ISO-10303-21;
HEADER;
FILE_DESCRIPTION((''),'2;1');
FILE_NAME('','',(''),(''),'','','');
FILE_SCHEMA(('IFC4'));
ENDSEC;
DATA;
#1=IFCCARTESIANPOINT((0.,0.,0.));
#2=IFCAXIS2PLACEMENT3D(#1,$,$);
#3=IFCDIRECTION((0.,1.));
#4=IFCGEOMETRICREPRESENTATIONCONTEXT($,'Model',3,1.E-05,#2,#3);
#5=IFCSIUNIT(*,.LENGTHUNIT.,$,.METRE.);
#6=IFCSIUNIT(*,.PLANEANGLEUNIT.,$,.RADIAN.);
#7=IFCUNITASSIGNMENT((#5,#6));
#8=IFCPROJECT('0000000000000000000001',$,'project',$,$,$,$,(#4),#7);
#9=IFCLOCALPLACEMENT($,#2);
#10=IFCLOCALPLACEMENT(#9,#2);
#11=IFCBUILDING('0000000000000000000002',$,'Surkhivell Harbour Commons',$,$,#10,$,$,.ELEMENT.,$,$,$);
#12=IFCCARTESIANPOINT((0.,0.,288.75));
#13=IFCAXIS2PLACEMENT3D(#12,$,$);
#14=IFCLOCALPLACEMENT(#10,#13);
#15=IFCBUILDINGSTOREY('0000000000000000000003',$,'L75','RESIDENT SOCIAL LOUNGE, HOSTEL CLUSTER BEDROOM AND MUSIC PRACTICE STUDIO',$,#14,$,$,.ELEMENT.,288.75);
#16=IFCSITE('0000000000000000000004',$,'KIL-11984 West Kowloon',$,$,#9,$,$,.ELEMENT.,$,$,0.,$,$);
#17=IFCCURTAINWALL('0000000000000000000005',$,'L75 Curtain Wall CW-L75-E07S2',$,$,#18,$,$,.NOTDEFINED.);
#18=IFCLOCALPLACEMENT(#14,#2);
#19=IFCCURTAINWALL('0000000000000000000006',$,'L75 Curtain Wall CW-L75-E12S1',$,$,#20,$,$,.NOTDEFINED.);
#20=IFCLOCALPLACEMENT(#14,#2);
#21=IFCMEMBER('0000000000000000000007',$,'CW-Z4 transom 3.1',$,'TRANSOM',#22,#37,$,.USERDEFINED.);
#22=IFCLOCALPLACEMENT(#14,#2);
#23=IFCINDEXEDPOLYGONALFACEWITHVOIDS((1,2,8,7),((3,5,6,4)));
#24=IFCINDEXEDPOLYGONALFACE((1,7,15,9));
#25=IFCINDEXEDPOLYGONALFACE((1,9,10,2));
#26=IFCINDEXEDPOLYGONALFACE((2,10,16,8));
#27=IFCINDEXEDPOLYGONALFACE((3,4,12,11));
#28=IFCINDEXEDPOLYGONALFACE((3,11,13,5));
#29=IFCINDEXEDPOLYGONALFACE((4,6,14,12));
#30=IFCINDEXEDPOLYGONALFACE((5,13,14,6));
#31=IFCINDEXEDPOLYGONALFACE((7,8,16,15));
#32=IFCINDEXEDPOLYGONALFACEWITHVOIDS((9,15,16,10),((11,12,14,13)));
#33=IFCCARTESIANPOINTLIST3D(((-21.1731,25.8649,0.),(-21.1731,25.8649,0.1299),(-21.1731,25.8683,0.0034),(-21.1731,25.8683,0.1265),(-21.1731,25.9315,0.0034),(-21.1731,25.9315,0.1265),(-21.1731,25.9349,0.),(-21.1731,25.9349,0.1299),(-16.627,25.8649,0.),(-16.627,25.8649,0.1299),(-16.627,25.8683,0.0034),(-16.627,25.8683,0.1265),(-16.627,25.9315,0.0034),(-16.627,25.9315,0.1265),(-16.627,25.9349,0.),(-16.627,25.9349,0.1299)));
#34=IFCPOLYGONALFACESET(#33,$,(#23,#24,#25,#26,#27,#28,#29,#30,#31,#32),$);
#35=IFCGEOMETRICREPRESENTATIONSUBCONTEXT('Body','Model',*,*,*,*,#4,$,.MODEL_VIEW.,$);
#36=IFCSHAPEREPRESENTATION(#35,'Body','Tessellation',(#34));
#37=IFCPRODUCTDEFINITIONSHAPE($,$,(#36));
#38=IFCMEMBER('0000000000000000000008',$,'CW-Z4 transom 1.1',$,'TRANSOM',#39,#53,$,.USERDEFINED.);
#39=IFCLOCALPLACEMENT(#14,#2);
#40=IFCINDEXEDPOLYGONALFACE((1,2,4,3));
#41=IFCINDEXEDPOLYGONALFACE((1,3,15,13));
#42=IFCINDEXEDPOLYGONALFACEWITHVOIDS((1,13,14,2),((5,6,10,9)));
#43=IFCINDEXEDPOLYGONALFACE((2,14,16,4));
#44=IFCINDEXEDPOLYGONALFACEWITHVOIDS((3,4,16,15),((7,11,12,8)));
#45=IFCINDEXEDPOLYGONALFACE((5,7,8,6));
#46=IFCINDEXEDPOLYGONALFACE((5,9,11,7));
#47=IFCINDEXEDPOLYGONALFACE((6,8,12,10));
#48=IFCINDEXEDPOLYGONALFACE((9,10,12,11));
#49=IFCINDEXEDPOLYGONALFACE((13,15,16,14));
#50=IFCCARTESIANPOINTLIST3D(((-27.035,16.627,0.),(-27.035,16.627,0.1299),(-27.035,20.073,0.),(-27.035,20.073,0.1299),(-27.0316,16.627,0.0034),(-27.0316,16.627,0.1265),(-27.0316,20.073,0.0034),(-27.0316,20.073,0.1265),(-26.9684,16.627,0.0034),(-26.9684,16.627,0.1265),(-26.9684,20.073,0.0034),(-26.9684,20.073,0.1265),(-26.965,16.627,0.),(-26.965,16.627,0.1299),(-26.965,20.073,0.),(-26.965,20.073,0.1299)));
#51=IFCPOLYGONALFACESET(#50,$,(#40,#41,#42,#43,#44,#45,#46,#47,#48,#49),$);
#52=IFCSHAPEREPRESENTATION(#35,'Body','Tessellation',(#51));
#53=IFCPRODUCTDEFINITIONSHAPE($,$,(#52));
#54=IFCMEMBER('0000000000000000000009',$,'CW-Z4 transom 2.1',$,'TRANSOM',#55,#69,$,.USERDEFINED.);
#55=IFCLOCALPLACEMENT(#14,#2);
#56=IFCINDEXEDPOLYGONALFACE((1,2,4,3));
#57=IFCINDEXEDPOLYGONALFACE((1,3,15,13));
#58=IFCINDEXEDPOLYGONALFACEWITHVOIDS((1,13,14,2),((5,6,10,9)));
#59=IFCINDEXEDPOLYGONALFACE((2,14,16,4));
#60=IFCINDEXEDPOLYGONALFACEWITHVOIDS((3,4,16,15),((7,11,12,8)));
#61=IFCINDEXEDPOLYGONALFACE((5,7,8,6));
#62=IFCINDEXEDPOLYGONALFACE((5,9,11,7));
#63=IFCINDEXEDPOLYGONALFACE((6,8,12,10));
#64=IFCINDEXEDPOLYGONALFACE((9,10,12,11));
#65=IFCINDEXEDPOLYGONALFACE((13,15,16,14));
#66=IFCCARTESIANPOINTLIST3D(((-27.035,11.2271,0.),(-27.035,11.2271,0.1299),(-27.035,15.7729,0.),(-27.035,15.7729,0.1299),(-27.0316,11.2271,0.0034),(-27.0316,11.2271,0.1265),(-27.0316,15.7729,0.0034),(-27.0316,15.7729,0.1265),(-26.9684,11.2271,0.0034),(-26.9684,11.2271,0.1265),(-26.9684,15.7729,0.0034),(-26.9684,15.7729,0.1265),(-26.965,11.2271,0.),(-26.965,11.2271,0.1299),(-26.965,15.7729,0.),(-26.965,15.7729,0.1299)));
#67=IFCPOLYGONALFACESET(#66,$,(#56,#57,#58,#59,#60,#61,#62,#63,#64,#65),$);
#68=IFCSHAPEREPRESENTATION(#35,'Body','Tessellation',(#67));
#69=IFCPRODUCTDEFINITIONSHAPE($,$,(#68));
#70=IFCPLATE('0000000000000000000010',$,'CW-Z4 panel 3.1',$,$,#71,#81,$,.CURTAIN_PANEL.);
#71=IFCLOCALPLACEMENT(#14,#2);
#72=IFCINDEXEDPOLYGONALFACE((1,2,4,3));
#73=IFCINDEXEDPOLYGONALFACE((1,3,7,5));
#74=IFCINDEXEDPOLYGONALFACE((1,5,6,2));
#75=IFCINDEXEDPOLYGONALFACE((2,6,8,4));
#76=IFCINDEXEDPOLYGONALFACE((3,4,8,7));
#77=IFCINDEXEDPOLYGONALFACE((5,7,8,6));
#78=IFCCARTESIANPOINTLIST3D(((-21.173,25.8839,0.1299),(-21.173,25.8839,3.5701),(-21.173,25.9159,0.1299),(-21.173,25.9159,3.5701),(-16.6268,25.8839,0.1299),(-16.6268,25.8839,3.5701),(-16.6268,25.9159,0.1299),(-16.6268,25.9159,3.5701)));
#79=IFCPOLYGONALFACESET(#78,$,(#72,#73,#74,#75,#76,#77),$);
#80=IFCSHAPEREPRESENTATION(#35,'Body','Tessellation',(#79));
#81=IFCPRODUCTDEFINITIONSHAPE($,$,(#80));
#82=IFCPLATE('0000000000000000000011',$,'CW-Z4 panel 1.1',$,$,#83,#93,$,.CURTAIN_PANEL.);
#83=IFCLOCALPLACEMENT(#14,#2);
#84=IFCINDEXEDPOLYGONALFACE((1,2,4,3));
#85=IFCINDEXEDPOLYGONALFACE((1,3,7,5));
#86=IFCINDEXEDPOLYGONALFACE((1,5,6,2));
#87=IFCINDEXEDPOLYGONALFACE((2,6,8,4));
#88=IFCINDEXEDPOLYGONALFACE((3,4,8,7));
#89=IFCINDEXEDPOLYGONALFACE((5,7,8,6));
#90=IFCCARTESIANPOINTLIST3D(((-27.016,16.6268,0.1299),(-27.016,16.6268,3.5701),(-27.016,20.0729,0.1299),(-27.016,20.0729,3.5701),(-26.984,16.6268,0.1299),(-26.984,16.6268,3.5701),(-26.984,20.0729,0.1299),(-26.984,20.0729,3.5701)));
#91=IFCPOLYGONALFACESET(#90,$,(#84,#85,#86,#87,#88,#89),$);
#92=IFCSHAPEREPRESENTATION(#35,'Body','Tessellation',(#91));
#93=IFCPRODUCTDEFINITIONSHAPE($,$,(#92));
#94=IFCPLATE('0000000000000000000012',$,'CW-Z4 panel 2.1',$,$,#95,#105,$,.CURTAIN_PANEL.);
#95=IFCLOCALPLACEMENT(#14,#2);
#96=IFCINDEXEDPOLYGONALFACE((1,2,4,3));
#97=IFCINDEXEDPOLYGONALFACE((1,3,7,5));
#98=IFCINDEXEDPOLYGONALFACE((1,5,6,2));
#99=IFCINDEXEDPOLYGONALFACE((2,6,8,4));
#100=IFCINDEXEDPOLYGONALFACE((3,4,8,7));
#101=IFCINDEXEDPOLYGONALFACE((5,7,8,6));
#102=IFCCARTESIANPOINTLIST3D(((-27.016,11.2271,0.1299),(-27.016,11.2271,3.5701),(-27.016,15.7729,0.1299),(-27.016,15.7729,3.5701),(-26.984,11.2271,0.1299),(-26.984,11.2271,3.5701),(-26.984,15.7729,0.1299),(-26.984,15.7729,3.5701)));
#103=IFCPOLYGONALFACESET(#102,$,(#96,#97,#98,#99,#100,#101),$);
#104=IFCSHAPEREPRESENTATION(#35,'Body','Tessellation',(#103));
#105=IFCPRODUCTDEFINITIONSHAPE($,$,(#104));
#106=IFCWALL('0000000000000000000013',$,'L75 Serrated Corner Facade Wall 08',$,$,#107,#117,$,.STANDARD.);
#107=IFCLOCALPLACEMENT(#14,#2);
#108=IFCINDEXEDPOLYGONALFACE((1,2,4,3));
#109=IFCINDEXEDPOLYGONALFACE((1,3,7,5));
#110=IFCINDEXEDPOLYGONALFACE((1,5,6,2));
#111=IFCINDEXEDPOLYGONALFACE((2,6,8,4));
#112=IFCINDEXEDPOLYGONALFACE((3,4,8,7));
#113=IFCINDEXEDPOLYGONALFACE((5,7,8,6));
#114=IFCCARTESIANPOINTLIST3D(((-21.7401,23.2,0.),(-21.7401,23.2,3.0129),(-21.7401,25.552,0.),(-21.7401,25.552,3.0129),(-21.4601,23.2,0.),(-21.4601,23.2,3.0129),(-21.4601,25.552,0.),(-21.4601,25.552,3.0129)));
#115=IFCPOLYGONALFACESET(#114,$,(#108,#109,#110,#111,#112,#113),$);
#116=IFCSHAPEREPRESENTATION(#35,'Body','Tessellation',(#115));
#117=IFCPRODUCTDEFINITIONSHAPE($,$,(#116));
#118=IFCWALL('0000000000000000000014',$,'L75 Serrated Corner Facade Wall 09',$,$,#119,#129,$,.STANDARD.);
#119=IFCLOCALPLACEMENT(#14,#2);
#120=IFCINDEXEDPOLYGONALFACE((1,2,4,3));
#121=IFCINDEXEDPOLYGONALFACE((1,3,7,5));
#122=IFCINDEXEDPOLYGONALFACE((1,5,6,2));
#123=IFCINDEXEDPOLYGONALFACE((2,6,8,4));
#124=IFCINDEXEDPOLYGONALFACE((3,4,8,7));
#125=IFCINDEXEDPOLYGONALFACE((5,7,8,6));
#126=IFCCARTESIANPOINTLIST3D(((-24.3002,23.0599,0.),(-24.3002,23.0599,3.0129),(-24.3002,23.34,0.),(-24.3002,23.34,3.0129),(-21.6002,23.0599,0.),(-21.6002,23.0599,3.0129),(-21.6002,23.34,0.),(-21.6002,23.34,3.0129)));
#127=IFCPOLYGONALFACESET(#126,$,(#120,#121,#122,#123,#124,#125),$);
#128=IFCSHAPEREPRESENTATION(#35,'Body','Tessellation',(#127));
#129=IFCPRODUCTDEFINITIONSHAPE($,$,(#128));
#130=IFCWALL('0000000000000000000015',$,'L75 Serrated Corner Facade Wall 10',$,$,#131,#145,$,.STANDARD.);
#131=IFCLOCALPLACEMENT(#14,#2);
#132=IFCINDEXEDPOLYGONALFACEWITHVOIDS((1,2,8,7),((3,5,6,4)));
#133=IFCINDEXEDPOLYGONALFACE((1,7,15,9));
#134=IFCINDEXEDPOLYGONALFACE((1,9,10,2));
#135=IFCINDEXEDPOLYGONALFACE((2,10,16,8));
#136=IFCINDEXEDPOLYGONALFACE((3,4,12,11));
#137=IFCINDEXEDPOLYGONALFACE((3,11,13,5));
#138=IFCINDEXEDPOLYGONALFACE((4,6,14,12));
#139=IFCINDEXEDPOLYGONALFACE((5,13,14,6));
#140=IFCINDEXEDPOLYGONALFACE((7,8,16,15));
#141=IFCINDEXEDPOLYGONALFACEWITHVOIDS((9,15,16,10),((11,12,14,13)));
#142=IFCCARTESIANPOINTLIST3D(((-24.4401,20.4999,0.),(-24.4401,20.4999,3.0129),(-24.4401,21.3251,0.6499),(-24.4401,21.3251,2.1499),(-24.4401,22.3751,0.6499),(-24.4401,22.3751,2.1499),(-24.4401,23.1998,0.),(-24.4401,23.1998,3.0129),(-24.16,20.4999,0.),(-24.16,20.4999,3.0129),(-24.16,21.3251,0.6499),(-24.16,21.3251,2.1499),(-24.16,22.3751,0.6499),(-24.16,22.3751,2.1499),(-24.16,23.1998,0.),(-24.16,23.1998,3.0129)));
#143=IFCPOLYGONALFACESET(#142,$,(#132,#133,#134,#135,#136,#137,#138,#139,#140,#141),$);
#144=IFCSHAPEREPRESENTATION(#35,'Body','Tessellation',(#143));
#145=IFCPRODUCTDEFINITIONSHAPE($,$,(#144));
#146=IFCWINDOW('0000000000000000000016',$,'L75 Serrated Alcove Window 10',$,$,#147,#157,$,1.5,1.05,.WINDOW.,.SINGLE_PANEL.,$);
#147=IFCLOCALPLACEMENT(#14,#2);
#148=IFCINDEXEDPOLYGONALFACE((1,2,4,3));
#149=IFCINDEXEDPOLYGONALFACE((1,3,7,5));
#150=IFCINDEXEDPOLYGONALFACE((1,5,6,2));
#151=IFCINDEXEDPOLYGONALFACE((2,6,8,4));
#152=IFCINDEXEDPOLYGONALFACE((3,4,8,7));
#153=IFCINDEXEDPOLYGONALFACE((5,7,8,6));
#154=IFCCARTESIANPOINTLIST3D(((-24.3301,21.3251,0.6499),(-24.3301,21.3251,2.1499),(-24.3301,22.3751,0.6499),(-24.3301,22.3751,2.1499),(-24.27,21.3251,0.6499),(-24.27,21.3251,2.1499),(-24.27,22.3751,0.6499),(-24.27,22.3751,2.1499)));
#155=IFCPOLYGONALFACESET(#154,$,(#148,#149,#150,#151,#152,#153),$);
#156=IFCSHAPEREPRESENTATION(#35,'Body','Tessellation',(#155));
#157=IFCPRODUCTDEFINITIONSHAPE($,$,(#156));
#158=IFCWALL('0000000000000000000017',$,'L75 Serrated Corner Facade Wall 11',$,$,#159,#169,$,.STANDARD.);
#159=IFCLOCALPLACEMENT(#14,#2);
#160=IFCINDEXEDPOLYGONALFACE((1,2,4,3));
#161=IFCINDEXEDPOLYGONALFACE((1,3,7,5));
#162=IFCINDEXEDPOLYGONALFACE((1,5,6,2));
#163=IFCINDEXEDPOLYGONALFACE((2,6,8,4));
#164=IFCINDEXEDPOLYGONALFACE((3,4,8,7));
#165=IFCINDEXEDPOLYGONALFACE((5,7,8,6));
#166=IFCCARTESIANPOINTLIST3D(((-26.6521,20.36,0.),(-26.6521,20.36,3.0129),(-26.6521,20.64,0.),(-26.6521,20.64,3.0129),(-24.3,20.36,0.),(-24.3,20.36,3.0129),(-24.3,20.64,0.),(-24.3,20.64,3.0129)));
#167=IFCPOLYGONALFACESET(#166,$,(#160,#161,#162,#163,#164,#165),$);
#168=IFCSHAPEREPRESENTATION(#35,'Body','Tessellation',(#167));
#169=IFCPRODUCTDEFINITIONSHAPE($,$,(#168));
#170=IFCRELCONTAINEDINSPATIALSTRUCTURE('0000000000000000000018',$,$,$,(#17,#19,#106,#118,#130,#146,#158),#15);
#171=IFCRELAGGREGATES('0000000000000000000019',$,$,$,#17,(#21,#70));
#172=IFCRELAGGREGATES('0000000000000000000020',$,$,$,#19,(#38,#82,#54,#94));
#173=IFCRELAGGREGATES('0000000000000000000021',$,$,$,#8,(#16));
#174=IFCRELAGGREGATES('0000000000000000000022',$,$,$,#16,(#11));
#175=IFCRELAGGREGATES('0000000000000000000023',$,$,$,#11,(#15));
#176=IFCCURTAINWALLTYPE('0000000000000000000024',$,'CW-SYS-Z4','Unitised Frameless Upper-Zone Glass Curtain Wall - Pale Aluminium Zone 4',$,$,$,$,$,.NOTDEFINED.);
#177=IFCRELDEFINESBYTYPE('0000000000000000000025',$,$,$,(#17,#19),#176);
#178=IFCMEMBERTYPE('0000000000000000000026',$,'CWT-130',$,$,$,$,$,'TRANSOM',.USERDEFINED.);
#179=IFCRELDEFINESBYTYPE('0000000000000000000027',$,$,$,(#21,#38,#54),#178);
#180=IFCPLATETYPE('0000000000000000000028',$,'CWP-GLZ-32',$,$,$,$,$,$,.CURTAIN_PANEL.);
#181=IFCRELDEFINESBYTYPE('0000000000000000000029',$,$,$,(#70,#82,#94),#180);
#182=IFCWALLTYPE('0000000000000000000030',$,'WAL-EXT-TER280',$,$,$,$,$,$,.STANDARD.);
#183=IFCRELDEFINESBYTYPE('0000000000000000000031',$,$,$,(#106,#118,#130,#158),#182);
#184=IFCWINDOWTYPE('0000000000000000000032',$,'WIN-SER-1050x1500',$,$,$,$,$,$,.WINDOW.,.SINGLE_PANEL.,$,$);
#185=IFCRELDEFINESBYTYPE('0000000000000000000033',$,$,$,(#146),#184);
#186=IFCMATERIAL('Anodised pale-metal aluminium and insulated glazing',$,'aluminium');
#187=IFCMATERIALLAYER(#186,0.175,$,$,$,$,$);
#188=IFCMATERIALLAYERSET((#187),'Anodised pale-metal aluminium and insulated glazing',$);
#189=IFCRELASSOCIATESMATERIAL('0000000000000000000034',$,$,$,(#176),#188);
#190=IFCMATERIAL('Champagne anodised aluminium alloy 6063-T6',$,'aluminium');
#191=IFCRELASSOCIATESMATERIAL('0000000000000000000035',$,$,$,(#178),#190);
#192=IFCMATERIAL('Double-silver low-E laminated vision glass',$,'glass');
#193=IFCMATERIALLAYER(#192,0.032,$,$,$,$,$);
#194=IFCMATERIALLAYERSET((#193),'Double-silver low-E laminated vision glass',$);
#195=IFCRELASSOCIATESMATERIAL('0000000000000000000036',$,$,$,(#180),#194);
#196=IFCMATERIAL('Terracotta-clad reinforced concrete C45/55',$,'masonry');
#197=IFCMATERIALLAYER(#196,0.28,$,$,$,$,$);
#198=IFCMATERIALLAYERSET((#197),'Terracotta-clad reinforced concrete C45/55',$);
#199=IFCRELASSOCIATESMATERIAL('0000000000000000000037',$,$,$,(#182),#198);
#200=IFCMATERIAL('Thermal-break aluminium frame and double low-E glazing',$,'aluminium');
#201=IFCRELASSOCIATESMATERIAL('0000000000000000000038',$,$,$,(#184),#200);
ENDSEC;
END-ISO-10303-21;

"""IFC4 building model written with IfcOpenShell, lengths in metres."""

from ifc_helpers import new_model, si_unit, direction, frame, frame_2d, origin, origin_2d, place, context, subcontext, project, spatial, rectangle, hollow_rectangle, extrude, material, layer, layer_set, material_profile, profile_set, type_object, element, fill, aggregate, save


model = new_model("IFC4")

# Units and contexts
model_context = context("Model", 3, precision=1e-05, world=origin(), true_north=direction((0.0, 1.0)))
body_context = subcontext(model_context, "Body", "Model", "MODEL_VIEW")
ifc_project = project(units=[si_unit("LENGTHUNIT", "METRE"), si_unit("PLANEANGLEUNIT", "RADIAN")], contexts=[model_context])

# Site, building, storey
site_placement = place(None, origin())
site = spatial("IfcSite", under=ifc_project, at=site_placement, Name="KIL-11984 West Kowloon", CompositionType="ELEMENT", RefElevation=0.0)
building_placement = place(site_placement, origin())
building = spatial("IfcBuilding", under=site, at=building_placement, Name="Surkhivell Harbour Commons", CompositionType="ELEMENT")
storey_placement = place(building_placement, frame((0.0, 0.0, 288.75)))
storey = spatial("IfcBuildingStorey", under=building, at=storey_placement, Name="L75", Description="RESIDENT SOCIAL LOUNGE, HOSTEL CLUSTER BEDROOM AND MUSIC PRACTICE STUDIO", CompositionType="ELEMENT", Elevation=288.75)

# Curtain wall
ifc_material_1 = material(Name="Anodised pale-metal aluminium and insulated glazing", Category="aluminium")
ifc_layer_1 = layer(ifc_material_1, 0.175)
ifc_layer_set_1 = layer_set([ifc_layer_1], Name="Anodised pale-metal aluminium and insulated glazing")
curtain_wall_type = type_object("IfcCurtainWallType", Name="CW-SYS-Z4", Description="Unitised Frameless Upper-Zone Glass Curtain Wall - Pale Aluminium Zone 4", PredefinedType="NOTDEFINED", material=ifc_layer_set_1)
curtain_wall_1_placement = place(storey_placement, origin())
curtain_wall_1 = element("IfcCurtainWall", 1, at=curtain_wall_1_placement, inside=storey, type_object=curtain_wall_type, Name="L75 Curtain Wall CW-L75-E07S2", PredefinedType="NOTDEFINED")

# Curtain wall
curtain_wall_2_placement = place(storey_placement, origin())
curtain_wall_2 = element("IfcCurtainWall", 2, at=curtain_wall_2_placement, inside=storey, type_object=curtain_wall_type, Name="L75 Curtain Wall CW-L75-E12S1", PredefinedType="NOTDEFINED")

# Members
ifc_material_2 = material(Name="Champagne anodised aluminium alloy 6063-T6", Category="aluminium")
ifc_material_profile_1 = material_profile(ifc_material_2, hollow_rectangle(XDim=0.0701, YDim=0.1299, WallThickness=0.0034, at=origin_2d()), Name="ALU-TRAN-70x130")
ifc_profile_set_1 = profile_set([ifc_material_profile_1], Name="Champagne anodised aluminium alloy 6063-T6")
member_type_1 = type_object("IfcMemberType", Name="CWT-130", ElementType="TRANSOM", PredefinedType="USERDEFINED", material=ifc_profile_set_1)
member_1_placement = place(storey_placement, frame((-16.627, 25.8999, 0.0649), z_axis=(-1.0, 0.0, 0.0), x_axis=(0.0, -1.0, 0.0)))
member_1 = element("IfcMember", 3, at=member_1_placement, type_object=member_type_1, Name="CW-Z4 transom 3.1", ObjectType="TRANSOM", PredefinedType="USERDEFINED", context=body_context, shape_type="SweptSolid", body=[
    extrude(hollow_rectangle(XDim=0.0701, YDim=0.1299, WallThickness=0.0034, at=origin_2d()), origin(), (0.0, 0.0, 1.0), 4.5461),
])
member_2_placement = place(storey_placement, frame((-27.0, 20.073, 0.0649), z_axis=(0.0, -1.0, 0.0), x_axis=(1.0, 0.0, 0.0)))
member_2 = element("IfcMember", 4, at=member_2_placement, type_object=member_type_1, Name="CW-Z4 transom 1.1", ObjectType="TRANSOM", PredefinedType="USERDEFINED", context=body_context, shape_type="SweptSolid", body=[
    extrude(hollow_rectangle(XDim=0.0701, YDim=0.1299, WallThickness=0.0034, at=origin_2d()), origin(), (0.0, 0.0, 1.0), 3.446),
])
member_3_placement = place(storey_placement, frame((-27.0, 15.7729, 0.0649), z_axis=(0.0, -1.0, 0.0), x_axis=(1.0, 0.0, 0.0)))
member_3 = element("IfcMember", 5, at=member_3_placement, type_object=member_type_1, Name="CW-Z4 transom 2.1", ObjectType="TRANSOM", PredefinedType="USERDEFINED", context=body_context, shape_type="SweptSolid", body=[
    extrude(hollow_rectangle(XDim=0.0701, YDim=0.1299, WallThickness=0.0034, at=origin_2d()), origin(), (0.0, 0.0, 1.0), 4.5459),
])

# Plates
ifc_material_3 = material(Name="Double-silver low-E laminated vision glass", Category="glass")
ifc_layer_2 = layer(ifc_material_3, 0.032)
ifc_layer_set_2 = layer_set([ifc_layer_2], Name="Double-silver low-E laminated vision glass")
plate_type = type_object("IfcPlateType", Name="CWP-GLZ-32", PredefinedType="CURTAIN_PANEL", material=ifc_layer_set_2)
plate_1_placement = place(storey_placement, frame((-16.627, 25.8999, 0.1299), z_axis=(0.0, 0.0, 1.0), x_axis=(-1.0, 0.0, 0.0)))
plate_1 = element("IfcPlate", 6, at=plate_1_placement, type_object=plate_type, Name="CW-Z4 panel 3.1", PredefinedType="CURTAIN_PANEL", context=body_context, shape_type="SweptSolid", body=[
    extrude(rectangle(XDim=4.5461, YDim=0.032, at=frame_2d((2.2729, 0.0))), origin(), (0.0, 0.0, 1.0), 3.4402),
])
aggregate(curtain_wall_1, [member_1, plate_1])
plate_2_placement = place(storey_placement, frame((-27.0, 20.073, 0.1299), z_axis=(0.0, 0.0, 1.0), x_axis=(0.0, -1.0, 0.0)))
plate_2 = element("IfcPlate", 7, at=plate_2_placement, type_object=plate_type, Name="CW-Z4 panel 1.1", PredefinedType="CURTAIN_PANEL", context=body_context, shape_type="SweptSolid", body=[
    extrude(rectangle(XDim=3.446, YDim=0.032, at=frame_2d((1.7231, 0.0))), origin(), (0.0, 0.0, 1.0), 3.4402),
])
plate_3_placement = place(storey_placement, frame((-27.0, 15.7729, 0.1299), z_axis=(0.0, 0.0, 1.0), x_axis=(0.0, -1.0, 0.0)))
plate_3 = element("IfcPlate", 8, at=plate_3_placement, type_object=plate_type, Name="CW-Z4 panel 2.1", PredefinedType="CURTAIN_PANEL", context=body_context, shape_type="SweptSolid", body=[
    extrude(rectangle(XDim=4.5459, YDim=0.032, at=frame_2d((2.2729, 0.0))), origin(), (0.0, 0.0, 1.0), 3.4402),
])
aggregate(curtain_wall_2, [member_2, plate_2, member_3, plate_3])

# Walls
ifc_material_4 = material(Name="Terracotta-clad reinforced concrete C45/55", Category="masonry")
ifc_layer_3 = layer(ifc_material_4, 0.28)
ifc_layer_set_3 = layer_set([ifc_layer_3], Name="Terracotta-clad reinforced concrete C45/55")
wall_type = type_object("IfcWallType", Name="WAL-EXT-TER280", PredefinedType="STANDARD", material=ifc_layer_set_3)
wall_1_placement = place(storey_placement, frame((-21.6001, 25.552, 0.0), z_axis=(0.0, 0.0, 1.0), x_axis=(0.0, -1.0, 0.0)))
element("IfcWall", 9, at=wall_1_placement, inside=storey, type_object=wall_type, Name="L75 Serrated Corner Facade Wall 08", PredefinedType="STANDARD", context=body_context, shape_type="SweptSolid", body=[
    extrude(rectangle(XDim=2.3521, YDim=0.28, at=frame_2d((1.176, 0.0))), origin(), (0.0, 0.0, 1.0), 3.0129),
])
wall_2_placement = place(storey_placement, frame((-21.6001, 23.2, 0.0), z_axis=(0.0, 0.0, 1.0), x_axis=(-1.0, 0.0, 0.0)))
element("IfcWall", 10, at=wall_2_placement, inside=storey, type_object=wall_type, Name="L75 Serrated Corner Facade Wall 09", PredefinedType="STANDARD", context=body_context, shape_type="SweptSolid", body=[
    extrude(rectangle(XDim=2.7, YDim=0.28, at=frame_2d((1.3501, 0.0))), origin(), (0.0, 0.0, 1.0), 3.0129),
])

# Wall, opening, window
wall_3_placement = place(storey_placement, frame((-24.3, 23.2, 0.0), z_axis=(0.0, 0.0, 1.0), x_axis=(0.0, -1.0, 0.0)))
wall_3 = element("IfcWall", 11, at=wall_3_placement, inside=storey, type_object=wall_type, Name="L75 Serrated Corner Facade Wall 10", PredefinedType="STANDARD", context=body_context, shape_type="SweptSolid", body=[
    extrude(rectangle(XDim=2.7, YDim=0.28, at=frame_2d((1.3501, 0.0))), origin(), (0.0, 0.0, 1.0), 3.0129),
])
opening_placement = place(wall_3_placement, frame((0.825, 0.0, 0.6499)))
opening = element("IfcOpeningElement", 12, at=opening_placement, cuts=wall_3, PredefinedType="OPENING", context=body_context, shape_type="SweptSolid", body=[
    extrude(rectangle(XDim=1.05, YDim=1.5, at=frame_2d((0.5249, 0.75))), frame((0.0, 0.1499, 0.0), z_axis=(0.0, -1.0, 0.0), x_axis=(1.0, 0.0, 0.0)), (0.0, 0.0, 1.0), 0.3),
])
ifc_material_5 = material(Name="Thermal-break aluminium frame and double low-E glazing", Category="aluminium")
window_type = type_object("IfcWindowType", Name="WIN-SER-1050x1500", PartitioningType="SINGLE_PANEL", PredefinedType="WINDOW", material=ifc_material_5)
window_placement = place(opening_placement, origin())
window = element("IfcWindow", 13, at=window_placement, inside=storey, type_object=window_type, Name="L75 Serrated Alcove Window 10", OverallHeight=1.5, OverallWidth=1.05, PartitioningType="SINGLE_PANEL", PredefinedType="WINDOW", context=body_context, shape_type="SweptSolid", body=[
    extrude(rectangle(XDim=1.05, YDim=1.5, at=frame_2d((0.5249, 0.75))), frame((0.0, 0.03, 0.0), z_axis=(0.0, -1.0, 0.0), x_axis=(1.0, 0.0, 0.0)), (0.0, 0.0, 1.0), 0.0601),
])
fill(opening, window)

# Wall
wall_4_placement = place(storey_placement, frame((-24.3, 20.5, 0.0), z_axis=(0.0, 0.0, 1.0), x_axis=(-1.0, 0.0, 0.0)))
element("IfcWall", 14, at=wall_4_placement, inside=storey, type_object=wall_type, Name="L75 Serrated Corner Facade Wall 11", PredefinedType="STANDARD", context=body_context, shape_type="SweptSolid", body=[
    extrude(rectangle(XDim=2.3521, YDim=0.28, at=frame_2d((1.176, 0.0))), origin(), (0.0, 0.0, 1.0), 3.0129),
])

save(model, "model.ifc")
